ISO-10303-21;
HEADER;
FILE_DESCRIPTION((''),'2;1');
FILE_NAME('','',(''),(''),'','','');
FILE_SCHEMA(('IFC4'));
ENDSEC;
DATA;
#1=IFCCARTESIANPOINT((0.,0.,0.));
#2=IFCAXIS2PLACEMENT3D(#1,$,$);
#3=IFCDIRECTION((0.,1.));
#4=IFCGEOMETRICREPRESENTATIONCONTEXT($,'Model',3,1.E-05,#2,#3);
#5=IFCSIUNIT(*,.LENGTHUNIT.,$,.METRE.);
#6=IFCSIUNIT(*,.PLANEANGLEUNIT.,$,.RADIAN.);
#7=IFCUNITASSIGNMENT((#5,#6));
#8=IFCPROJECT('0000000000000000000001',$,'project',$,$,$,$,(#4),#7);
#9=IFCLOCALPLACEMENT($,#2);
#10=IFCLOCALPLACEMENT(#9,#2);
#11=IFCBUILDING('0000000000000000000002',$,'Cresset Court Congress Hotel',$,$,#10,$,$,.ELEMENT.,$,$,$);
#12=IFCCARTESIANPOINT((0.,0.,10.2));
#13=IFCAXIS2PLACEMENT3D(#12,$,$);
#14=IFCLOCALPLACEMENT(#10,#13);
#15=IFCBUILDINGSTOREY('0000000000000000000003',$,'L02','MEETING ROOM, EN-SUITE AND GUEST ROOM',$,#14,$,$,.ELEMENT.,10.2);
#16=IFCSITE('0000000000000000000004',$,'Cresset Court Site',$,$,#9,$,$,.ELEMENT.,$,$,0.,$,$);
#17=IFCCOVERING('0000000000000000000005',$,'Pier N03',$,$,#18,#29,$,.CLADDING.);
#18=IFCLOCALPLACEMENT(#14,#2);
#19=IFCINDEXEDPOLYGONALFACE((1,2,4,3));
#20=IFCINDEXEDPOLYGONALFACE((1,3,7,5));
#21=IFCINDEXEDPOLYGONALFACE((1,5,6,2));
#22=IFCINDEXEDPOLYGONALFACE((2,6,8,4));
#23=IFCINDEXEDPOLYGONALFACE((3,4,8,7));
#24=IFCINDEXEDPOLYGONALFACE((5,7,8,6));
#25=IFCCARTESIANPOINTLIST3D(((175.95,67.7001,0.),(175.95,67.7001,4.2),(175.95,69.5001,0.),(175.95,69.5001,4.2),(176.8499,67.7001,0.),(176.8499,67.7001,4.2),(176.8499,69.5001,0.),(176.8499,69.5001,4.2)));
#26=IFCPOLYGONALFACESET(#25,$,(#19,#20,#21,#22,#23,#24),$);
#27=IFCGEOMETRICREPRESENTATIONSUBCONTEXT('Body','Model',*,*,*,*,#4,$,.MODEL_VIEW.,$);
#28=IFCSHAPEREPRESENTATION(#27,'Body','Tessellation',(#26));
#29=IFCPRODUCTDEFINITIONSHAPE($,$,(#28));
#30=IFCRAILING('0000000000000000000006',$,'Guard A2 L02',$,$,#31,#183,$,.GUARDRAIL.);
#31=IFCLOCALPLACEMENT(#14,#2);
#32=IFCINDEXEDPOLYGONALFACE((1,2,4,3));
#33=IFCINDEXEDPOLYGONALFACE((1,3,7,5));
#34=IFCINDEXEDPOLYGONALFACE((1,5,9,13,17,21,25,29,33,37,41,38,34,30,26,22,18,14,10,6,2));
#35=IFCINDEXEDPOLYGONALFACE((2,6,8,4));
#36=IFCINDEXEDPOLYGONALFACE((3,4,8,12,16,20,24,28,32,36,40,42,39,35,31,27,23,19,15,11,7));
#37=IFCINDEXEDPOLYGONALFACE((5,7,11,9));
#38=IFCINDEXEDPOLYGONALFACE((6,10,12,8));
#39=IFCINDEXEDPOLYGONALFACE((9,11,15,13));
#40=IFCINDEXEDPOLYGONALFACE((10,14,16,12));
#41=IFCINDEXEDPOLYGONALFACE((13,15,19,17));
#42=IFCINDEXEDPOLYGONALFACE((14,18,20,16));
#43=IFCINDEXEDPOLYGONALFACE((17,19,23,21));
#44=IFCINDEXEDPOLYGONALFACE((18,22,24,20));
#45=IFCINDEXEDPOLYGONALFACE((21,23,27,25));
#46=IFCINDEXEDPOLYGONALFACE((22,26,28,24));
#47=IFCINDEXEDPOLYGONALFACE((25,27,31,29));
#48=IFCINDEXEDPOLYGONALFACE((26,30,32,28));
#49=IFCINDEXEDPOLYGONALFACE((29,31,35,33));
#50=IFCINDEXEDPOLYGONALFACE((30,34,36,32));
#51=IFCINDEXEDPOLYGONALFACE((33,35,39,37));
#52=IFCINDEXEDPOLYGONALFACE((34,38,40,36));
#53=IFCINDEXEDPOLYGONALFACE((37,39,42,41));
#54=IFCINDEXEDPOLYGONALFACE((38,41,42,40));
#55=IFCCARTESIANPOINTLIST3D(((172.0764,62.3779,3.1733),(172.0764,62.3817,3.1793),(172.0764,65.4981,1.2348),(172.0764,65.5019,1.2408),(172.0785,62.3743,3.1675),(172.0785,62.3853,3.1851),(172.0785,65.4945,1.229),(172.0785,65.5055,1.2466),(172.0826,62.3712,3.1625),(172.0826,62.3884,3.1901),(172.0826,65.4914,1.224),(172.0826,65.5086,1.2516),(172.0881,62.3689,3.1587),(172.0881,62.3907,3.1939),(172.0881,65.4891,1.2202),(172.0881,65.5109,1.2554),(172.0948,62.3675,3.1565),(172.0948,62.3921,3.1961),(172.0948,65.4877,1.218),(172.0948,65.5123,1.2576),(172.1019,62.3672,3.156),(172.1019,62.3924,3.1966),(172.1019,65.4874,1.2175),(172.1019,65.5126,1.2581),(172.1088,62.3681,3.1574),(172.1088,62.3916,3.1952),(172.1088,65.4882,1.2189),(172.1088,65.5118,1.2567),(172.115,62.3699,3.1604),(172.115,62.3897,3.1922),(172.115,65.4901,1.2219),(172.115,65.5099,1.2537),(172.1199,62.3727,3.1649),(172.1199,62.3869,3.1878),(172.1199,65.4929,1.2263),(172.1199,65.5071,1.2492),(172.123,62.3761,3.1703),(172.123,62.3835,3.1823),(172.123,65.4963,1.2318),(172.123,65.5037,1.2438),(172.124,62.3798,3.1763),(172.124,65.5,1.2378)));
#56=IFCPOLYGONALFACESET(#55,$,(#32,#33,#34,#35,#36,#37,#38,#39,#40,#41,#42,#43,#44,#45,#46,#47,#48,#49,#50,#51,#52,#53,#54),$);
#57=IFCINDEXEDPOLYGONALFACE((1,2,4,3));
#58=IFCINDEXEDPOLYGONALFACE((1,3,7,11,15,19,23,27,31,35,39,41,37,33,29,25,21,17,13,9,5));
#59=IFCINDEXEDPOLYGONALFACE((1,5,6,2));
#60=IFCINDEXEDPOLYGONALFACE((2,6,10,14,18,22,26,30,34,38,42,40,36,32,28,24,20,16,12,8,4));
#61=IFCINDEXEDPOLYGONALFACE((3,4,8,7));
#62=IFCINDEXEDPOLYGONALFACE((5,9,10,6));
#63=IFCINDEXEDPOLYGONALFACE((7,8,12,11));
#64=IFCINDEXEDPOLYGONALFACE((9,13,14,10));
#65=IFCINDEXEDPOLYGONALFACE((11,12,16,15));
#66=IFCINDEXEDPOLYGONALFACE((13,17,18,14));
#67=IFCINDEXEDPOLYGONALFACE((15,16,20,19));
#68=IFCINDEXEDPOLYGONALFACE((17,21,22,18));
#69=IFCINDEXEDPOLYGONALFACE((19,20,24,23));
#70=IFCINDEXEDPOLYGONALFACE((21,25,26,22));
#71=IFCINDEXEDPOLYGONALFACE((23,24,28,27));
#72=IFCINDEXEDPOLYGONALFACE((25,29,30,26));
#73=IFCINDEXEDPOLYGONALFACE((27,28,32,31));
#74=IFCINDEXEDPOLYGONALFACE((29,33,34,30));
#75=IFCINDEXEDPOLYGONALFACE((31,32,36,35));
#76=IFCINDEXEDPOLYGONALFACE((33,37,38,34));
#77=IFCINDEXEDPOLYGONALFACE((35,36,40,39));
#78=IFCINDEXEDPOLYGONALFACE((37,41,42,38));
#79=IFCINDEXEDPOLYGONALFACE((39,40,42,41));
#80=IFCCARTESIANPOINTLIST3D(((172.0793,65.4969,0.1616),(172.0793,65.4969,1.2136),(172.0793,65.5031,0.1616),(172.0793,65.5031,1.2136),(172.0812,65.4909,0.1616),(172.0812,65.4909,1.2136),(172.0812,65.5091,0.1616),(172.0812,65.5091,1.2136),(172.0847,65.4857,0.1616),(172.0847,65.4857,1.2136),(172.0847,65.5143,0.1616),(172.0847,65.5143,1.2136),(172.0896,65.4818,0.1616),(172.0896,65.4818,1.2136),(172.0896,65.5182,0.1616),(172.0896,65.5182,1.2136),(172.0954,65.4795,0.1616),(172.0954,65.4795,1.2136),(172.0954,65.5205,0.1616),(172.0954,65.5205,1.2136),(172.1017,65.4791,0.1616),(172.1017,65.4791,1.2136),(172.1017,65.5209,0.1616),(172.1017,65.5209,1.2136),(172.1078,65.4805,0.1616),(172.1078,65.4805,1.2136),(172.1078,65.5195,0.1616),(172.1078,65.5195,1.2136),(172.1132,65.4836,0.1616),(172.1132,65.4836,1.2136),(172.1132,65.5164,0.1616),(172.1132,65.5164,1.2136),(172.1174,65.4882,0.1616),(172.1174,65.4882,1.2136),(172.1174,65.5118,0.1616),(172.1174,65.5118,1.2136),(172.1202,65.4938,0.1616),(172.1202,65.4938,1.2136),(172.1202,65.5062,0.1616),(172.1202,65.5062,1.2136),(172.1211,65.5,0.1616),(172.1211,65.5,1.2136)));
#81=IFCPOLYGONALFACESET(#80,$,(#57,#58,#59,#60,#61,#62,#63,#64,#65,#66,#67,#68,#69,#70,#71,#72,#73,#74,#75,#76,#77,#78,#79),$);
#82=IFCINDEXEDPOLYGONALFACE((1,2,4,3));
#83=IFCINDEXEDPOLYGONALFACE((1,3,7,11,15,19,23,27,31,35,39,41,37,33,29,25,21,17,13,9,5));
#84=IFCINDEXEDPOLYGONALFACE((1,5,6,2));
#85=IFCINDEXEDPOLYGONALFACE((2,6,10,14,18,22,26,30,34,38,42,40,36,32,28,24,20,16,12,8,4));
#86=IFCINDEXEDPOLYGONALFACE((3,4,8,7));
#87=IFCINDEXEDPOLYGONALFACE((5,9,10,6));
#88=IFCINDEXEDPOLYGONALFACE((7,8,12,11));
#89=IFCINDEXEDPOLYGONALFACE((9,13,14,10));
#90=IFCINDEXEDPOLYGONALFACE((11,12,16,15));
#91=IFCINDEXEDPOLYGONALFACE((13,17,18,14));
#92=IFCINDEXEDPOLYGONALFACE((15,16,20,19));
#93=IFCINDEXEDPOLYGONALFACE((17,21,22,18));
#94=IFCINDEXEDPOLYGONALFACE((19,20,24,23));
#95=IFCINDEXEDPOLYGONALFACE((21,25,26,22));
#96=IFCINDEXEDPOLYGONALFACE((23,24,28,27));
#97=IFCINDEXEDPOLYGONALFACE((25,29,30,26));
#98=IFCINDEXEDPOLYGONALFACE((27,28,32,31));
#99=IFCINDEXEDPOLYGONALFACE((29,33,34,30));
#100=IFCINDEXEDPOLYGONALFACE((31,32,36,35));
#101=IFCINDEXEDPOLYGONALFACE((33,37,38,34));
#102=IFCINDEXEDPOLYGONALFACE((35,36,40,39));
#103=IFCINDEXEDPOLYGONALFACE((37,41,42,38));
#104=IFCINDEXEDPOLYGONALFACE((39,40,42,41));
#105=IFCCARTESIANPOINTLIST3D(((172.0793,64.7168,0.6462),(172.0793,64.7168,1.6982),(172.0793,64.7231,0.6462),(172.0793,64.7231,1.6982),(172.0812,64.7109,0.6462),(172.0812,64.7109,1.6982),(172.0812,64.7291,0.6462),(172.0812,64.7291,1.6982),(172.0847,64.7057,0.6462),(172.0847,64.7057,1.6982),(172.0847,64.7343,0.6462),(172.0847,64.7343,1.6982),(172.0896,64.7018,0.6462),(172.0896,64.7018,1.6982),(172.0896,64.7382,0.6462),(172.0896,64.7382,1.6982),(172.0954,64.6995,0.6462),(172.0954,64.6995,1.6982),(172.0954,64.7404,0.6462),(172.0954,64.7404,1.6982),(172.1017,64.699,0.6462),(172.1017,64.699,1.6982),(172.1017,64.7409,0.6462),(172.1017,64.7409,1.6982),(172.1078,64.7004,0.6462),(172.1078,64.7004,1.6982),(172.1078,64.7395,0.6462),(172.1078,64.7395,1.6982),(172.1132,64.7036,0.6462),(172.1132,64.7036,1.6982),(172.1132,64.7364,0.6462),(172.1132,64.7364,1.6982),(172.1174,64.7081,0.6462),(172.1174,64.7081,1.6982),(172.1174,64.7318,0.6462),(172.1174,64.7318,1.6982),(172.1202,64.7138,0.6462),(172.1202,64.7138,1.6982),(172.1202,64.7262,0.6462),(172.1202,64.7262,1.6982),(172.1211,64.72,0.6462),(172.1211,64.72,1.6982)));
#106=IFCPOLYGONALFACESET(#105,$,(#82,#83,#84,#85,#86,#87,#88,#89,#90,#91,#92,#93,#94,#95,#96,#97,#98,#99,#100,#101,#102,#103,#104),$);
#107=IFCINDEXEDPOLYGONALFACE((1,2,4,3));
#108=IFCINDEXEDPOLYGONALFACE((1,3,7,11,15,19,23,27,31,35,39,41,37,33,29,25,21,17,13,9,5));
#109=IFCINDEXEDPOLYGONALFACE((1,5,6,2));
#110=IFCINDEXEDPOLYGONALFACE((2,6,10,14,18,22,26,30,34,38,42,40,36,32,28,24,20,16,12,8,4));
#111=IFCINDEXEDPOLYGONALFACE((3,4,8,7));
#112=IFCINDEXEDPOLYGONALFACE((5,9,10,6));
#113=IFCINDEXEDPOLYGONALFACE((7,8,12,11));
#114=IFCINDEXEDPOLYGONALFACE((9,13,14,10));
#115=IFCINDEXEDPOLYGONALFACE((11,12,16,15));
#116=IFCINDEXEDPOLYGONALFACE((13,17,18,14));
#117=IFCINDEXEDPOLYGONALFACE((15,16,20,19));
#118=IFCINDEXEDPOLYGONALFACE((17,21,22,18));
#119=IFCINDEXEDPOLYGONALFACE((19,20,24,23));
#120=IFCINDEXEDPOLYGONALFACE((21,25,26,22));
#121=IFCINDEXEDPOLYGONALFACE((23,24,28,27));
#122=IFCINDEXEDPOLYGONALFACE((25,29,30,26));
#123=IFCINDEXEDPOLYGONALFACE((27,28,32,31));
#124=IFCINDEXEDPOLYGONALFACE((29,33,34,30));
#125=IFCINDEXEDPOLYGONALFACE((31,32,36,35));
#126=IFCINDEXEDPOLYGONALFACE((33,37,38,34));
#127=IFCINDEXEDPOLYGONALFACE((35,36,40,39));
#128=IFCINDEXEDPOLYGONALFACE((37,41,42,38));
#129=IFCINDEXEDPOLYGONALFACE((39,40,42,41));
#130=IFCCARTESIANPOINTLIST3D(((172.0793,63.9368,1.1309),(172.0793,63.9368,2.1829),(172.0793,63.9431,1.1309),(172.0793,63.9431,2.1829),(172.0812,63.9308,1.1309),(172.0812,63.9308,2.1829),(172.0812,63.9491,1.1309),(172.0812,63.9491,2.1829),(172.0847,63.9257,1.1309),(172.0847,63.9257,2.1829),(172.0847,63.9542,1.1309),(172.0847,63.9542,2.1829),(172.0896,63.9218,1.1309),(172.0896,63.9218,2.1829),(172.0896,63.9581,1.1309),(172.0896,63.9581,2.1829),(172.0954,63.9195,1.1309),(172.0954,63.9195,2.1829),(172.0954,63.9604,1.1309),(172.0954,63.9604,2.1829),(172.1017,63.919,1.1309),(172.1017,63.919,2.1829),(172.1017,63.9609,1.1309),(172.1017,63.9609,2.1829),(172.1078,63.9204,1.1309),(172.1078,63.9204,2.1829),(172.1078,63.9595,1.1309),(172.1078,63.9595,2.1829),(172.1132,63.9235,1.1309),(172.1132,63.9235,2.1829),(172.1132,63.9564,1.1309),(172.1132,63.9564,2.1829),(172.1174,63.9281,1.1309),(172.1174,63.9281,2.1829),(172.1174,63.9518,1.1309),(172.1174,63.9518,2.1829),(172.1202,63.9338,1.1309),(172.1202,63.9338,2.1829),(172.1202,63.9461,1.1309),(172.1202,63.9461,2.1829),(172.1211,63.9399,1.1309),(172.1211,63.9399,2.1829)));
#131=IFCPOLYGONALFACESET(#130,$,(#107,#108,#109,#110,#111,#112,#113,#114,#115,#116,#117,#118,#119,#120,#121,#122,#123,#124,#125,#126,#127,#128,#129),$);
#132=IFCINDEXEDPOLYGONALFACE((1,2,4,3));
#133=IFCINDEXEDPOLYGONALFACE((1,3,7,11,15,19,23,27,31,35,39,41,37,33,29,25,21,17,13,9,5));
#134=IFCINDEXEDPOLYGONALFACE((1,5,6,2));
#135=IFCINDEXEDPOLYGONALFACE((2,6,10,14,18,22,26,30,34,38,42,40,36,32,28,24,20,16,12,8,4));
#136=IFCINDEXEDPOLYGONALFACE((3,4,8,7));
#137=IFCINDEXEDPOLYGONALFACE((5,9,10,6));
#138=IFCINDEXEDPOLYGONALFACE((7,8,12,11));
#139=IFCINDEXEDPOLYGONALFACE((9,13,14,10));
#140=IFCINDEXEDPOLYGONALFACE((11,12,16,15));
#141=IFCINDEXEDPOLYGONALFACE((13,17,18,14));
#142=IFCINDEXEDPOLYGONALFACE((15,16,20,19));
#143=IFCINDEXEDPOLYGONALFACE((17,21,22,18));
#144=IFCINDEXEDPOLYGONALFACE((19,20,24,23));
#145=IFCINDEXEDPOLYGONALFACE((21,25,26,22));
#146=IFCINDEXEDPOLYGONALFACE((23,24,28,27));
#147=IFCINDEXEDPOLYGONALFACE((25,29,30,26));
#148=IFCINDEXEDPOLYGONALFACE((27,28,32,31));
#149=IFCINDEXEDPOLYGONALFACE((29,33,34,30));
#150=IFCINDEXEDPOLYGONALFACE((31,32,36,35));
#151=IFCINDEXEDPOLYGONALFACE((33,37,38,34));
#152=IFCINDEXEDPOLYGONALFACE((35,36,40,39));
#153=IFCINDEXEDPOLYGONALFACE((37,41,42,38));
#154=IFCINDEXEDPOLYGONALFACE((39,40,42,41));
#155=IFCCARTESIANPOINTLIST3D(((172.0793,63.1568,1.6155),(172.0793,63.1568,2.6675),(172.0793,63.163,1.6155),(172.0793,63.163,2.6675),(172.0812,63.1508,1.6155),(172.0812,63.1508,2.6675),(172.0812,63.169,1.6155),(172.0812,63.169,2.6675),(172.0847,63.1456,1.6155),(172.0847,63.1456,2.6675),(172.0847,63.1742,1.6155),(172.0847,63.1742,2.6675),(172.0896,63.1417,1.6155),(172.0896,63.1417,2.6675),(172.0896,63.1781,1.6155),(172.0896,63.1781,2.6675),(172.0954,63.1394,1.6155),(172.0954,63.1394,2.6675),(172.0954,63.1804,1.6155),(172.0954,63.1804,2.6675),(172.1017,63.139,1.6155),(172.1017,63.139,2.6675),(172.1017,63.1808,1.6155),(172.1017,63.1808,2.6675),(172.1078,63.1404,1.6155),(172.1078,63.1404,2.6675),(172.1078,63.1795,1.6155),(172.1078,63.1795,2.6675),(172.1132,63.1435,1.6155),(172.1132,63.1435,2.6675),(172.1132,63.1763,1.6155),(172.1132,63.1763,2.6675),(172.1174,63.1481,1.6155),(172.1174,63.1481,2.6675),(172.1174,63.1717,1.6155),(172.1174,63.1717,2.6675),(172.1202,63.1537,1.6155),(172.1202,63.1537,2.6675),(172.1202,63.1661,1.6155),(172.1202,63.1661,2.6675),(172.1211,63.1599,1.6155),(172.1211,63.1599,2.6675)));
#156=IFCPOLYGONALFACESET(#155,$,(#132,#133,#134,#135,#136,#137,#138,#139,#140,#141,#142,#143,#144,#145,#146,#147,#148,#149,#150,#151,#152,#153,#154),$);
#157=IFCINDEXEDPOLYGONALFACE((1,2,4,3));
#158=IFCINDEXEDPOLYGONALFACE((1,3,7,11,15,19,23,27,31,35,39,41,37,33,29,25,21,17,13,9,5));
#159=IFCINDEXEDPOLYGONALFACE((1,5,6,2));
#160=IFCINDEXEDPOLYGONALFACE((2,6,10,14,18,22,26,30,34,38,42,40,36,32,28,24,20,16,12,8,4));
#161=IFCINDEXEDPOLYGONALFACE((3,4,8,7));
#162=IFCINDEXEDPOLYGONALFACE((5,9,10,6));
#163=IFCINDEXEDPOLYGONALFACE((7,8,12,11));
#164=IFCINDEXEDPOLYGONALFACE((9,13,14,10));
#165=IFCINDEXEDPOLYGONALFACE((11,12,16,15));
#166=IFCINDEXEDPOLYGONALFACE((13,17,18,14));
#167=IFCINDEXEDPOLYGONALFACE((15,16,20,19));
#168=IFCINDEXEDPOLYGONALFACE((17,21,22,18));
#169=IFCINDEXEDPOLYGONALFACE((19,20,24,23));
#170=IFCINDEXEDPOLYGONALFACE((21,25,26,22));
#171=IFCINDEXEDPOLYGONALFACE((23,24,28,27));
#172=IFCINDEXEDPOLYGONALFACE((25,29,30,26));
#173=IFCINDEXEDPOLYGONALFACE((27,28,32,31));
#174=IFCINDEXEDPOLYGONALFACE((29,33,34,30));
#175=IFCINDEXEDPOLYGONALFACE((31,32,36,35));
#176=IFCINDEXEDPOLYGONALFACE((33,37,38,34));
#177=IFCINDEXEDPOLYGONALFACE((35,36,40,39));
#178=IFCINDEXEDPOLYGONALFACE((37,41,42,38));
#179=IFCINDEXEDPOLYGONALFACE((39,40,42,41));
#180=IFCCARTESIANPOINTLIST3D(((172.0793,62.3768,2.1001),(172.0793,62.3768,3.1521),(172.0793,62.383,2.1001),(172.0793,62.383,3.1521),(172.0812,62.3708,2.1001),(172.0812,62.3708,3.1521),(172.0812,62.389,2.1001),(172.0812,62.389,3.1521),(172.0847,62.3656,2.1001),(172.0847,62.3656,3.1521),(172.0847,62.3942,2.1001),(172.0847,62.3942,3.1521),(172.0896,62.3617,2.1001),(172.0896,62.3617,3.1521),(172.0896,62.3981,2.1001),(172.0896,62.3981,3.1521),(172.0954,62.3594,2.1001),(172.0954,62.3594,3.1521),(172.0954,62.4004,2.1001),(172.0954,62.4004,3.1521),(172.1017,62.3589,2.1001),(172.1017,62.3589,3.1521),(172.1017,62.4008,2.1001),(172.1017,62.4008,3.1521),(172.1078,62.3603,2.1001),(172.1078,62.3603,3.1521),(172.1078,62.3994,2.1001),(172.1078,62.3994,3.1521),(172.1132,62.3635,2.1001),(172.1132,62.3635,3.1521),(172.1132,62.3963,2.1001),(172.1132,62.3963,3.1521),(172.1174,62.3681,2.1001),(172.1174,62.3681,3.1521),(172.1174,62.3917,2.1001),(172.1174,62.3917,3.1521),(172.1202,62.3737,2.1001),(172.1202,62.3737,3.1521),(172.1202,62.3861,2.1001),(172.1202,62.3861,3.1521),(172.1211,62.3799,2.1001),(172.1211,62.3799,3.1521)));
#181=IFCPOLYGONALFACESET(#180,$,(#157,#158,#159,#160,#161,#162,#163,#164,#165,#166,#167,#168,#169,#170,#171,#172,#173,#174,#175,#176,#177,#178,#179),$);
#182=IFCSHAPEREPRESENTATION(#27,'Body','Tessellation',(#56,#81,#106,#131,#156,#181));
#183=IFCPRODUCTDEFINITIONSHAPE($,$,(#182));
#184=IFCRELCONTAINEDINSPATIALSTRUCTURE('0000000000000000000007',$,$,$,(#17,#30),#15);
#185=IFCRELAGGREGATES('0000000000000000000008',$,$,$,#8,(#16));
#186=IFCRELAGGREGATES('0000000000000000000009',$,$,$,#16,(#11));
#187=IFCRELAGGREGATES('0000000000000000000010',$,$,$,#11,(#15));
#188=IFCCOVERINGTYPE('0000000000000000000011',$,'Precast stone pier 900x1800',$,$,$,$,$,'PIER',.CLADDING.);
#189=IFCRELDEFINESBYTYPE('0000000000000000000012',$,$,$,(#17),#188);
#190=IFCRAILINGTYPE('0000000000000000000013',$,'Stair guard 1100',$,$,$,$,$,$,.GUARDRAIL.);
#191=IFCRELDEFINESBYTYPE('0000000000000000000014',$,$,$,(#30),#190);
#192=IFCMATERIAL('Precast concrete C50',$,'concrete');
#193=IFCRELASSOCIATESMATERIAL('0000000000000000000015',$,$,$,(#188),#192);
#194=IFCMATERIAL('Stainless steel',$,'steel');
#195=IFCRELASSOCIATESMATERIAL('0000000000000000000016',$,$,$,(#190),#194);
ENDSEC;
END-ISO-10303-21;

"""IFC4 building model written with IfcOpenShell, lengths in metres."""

from ifc_helpers import new_model, si_unit, direction, frame, origin, origin_2d, place, context, subcontext, project, spatial, rectangle, circle, extrude, material, type_object, element, save


model = new_model("IFC4")

# Units and contexts
model_context = context("Model", 3, precision=1e-05, world=origin(), true_north=direction((0.0, 1.0)))
body_context = subcontext(model_context, "Body", "Model", "MODEL_VIEW")
ifc_project = project(units=[si_unit("LENGTHUNIT", "METRE"), si_unit("PLANEANGLEUNIT", "RADIAN")], contexts=[model_context])

# Site, building, storey
site_placement = place(None, origin())
site = spatial("IfcSite", under=ifc_project, at=site_placement, Name="Cresset Court Site", CompositionType="ELEMENT", RefElevation=0.0)
building_placement = place(site_placement, origin())
building = spatial("IfcBuilding", under=site, at=building_placement, Name="Cresset Court Congress Hotel", CompositionType="ELEMENT")
storey_placement = place(building_placement, frame((0.0, 0.0, 10.2)))
storey = spatial("IfcBuildingStorey", under=building, at=storey_placement, Name="L02", Description="MEETING ROOM, EN-SUITE AND GUEST ROOM", CompositionType="ELEMENT", Elevation=10.2)

# Covering
ifc_material_1 = material(Name="Precast concrete C50", Category="concrete")
covering_type_1 = type_object("IfcCoveringType", Name="Precast stone pier 900x1800", ElementType="PIER", PredefinedType="CLADDING", material=ifc_material_1)
covering_placement = place(storey_placement, frame((176.3999, 68.6001, 0.0), z_axis=(0.0, 0.0, 1.0), x_axis=(1.0, 0.0, 0.0)))
element("IfcCovering", 1, at=covering_placement, inside=storey, type_object=covering_type_1, Name="Pier N03", PredefinedType="CLADDING", context=body_context, shape_type="SweptSolid", body=[
    extrude(rectangle(XDim=0.8999, YDim=1.8, at=origin_2d()), origin(), (0.0, 0.0, 1.0), 4.2),
])

# Railing
ifc_material_2 = material(Name="Stainless steel", Category="steel")
railing_type_1 = type_object("IfcRailingType", Name="Stair guard 1100", PredefinedType="GUARDRAIL", material=ifc_material_2)
railing_1_placement = place(storey_placement, frame((172.1001, 65.5, 0.1616)))
element("IfcRailing", 2, at=railing_1_placement, inside=storey, type_object=railing_type_1, Name="Guard A2 L02", PredefinedType="GUARDRAIL", context=body_context, shape_type="SweptSolid", body=[
    extrude(circle(Radius=0.0239, at=origin_2d()), frame((0.0, 0.0, 1.0762), z_axis=(0.0, -0.849414, 0.527727), x_axis=(1.0, 0.0, 0.0)), (0.0, 0.0, 1.0), 3.6733),
    extrude(circle(Radius=0.021, at=origin_2d()), origin(), (0.0, 0.0, 1.0), 1.052),
    extrude(circle(Radius=0.021, at=origin_2d()), frame((0.0, -0.78, 0.4846)), (0.0, 0.0, 1.0), 1.052),
    extrude(circle(Radius=0.021, at=origin_2d()), frame((0.0, -1.5601, 0.9692)), (0.0, 0.0, 1.0), 1.052),
    extrude(circle(Radius=0.021, at=origin_2d()), frame((0.0, -2.3401, 1.4539)), (0.0, 0.0, 1.0), 1.052),
    extrude(circle(Radius=0.021, at=origin_2d()), frame((0.0, -3.1201, 1.9385)), (0.0, 0.0, 1.0), 1.052),
])

save(model, "model.ifc")
